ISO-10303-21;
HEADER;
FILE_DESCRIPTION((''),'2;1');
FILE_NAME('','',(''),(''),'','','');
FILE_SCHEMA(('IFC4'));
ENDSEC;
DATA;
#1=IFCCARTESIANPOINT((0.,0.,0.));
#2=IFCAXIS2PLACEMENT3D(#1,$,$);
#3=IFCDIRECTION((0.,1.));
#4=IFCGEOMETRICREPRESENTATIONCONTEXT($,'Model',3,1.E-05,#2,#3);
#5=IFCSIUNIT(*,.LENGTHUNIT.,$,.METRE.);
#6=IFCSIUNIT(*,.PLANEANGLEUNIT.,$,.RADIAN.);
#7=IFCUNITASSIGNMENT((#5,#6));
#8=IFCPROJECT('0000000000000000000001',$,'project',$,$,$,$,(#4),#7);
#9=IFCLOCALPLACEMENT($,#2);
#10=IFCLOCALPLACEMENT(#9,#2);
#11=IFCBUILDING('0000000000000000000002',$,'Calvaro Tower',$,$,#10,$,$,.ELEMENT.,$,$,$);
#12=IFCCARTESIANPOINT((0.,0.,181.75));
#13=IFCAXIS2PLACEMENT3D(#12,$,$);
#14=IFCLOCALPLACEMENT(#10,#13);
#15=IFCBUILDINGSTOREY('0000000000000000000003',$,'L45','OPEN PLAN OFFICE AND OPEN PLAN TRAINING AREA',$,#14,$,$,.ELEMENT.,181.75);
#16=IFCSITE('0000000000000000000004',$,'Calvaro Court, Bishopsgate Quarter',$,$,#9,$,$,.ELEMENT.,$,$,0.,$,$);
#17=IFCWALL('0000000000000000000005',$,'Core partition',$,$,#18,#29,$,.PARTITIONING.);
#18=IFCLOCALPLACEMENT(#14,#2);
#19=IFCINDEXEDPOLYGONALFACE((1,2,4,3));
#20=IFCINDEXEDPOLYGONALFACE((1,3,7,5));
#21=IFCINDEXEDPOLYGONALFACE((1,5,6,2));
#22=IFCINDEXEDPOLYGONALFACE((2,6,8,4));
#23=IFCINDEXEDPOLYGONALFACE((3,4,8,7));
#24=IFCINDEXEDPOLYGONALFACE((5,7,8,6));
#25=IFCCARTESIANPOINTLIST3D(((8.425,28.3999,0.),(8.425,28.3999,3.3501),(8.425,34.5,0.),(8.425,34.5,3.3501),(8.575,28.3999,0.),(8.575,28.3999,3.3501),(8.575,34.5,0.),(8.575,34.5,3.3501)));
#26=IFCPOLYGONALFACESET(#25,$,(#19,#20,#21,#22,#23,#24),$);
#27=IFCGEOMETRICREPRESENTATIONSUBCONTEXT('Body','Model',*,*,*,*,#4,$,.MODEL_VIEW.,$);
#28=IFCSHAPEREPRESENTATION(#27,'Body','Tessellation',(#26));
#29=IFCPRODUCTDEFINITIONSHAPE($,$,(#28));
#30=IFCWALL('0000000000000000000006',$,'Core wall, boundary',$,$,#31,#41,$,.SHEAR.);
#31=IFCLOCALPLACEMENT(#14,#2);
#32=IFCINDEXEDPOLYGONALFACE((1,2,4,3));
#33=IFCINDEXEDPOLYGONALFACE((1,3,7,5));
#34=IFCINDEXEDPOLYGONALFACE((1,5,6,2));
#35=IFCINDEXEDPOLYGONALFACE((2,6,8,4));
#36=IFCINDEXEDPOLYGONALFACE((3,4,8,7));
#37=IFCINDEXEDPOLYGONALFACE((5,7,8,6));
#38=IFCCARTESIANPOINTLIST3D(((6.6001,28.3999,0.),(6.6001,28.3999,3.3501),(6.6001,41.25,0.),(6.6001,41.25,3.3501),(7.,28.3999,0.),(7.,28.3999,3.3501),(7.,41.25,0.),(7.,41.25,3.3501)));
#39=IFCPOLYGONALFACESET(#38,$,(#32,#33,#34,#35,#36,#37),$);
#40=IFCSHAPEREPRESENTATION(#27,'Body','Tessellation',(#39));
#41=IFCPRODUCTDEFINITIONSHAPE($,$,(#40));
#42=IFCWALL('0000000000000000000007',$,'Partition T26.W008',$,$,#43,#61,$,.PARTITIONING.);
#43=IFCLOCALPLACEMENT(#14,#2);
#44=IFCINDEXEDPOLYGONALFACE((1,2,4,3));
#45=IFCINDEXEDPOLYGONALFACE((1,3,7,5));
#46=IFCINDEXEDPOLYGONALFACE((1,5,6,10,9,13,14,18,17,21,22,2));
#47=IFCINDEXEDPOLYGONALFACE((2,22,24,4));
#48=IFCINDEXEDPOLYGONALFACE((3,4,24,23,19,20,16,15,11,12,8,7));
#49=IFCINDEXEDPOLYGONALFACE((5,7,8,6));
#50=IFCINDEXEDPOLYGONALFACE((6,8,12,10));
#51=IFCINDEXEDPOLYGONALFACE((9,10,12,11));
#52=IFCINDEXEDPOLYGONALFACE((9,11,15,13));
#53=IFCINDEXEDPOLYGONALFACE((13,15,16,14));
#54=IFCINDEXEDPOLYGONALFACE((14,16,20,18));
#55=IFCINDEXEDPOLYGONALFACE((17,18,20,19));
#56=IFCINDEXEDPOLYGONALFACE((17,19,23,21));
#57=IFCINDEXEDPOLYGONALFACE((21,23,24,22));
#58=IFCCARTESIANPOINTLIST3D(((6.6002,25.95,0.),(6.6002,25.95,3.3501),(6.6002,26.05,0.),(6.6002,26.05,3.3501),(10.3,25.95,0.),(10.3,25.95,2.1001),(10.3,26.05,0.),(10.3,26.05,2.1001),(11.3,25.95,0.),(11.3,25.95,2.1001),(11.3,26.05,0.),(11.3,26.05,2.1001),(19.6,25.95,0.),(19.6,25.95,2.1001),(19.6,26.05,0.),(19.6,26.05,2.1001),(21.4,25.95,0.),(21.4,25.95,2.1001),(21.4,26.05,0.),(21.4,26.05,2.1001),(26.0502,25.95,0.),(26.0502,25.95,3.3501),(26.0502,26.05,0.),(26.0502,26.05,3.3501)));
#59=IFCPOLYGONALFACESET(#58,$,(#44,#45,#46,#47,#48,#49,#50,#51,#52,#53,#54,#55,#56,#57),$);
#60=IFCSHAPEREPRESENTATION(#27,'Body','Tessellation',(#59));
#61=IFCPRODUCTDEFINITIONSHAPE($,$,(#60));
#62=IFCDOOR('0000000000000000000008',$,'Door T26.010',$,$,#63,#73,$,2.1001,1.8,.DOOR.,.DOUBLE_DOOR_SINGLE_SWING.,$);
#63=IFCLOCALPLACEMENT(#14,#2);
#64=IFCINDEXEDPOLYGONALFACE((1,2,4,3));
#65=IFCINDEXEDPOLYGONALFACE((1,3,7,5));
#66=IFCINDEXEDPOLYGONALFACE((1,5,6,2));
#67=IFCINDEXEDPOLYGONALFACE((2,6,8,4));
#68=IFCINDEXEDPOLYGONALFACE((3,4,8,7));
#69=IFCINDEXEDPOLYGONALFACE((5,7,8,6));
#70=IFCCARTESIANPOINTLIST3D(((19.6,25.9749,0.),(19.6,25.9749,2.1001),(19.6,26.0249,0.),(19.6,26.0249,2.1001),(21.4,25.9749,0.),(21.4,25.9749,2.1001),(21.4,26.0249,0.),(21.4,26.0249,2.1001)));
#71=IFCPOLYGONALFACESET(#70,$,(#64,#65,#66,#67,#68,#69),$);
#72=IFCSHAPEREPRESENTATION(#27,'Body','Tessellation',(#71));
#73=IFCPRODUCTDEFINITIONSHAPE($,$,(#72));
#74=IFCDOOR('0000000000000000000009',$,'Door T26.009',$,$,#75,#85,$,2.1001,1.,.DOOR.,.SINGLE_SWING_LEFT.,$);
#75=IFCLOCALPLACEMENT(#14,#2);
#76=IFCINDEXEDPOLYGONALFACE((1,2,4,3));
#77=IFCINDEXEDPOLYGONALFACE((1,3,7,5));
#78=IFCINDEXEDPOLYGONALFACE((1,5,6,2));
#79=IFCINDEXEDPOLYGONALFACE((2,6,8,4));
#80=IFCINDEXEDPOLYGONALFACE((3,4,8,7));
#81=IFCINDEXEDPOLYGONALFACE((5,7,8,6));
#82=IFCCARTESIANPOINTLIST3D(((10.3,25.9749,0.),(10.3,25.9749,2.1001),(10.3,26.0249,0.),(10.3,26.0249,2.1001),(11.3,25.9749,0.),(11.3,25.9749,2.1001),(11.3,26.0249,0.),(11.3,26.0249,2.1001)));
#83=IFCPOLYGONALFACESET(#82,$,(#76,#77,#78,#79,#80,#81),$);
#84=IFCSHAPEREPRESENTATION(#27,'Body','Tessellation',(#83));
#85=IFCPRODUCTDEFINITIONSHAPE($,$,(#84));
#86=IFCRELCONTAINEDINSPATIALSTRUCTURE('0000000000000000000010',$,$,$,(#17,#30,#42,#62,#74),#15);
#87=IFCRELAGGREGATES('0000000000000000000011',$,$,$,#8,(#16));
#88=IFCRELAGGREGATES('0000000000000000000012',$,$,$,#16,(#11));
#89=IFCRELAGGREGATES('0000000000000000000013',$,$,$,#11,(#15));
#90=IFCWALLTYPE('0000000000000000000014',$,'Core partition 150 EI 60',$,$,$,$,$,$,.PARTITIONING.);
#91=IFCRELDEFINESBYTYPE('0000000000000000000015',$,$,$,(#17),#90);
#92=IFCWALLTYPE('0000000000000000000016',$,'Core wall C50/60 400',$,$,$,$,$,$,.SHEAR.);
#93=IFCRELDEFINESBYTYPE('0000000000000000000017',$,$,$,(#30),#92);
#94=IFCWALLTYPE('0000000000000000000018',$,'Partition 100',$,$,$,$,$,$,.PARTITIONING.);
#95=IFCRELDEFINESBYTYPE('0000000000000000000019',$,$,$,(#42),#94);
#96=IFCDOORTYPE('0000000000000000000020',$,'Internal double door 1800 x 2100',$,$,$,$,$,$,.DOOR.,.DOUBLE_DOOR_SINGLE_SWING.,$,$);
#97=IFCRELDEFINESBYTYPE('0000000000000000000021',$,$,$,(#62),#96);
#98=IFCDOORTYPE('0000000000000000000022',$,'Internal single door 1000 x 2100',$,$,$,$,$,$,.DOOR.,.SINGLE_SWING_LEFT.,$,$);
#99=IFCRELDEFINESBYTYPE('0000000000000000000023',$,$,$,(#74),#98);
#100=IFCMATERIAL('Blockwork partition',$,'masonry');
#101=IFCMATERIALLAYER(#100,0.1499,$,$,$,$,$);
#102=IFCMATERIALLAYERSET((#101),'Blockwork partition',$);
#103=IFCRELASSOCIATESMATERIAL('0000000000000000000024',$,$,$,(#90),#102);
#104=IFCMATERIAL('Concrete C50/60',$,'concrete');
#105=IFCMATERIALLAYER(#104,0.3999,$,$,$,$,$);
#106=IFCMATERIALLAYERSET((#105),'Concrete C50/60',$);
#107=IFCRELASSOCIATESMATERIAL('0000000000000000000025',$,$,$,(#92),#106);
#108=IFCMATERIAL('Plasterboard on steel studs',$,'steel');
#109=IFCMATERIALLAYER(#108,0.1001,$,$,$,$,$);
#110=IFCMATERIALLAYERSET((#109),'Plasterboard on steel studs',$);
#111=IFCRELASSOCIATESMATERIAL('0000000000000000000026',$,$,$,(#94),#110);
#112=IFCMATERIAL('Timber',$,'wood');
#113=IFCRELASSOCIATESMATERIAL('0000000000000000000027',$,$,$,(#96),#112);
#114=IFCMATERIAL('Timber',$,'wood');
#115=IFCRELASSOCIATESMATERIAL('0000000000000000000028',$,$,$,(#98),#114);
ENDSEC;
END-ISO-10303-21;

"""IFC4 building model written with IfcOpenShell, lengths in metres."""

from ifc_helpers import new_model, si_unit, direction, frame, frame_2d, origin, place, context, subcontext, project, spatial, rectangle, extrude, material, layer, layer_set, type_object, element, fill, save


model = new_model("IFC4")

# Units and contexts
model_context = context("Model", 3, precision=1e-05, world=origin(), true_north=direction((0.0, 1.0)))
body_context = subcontext(model_context, "Body", "Model", "MODEL_VIEW")
ifc_project = project(units=[si_unit("LENGTHUNIT", "METRE"), si_unit("PLANEANGLEUNIT", "RADIAN")], contexts=[model_context])

# Site, building, storey
site_placement = place(None, origin())
site = spatial("IfcSite", under=ifc_project, at=site_placement, Name="Calvaro Court, Bishopsgate Quarter", CompositionType="ELEMENT", RefElevation=0.0)
building_placement = place(site_placement, origin())
building = spatial("IfcBuilding", under=site, at=building_placement, Name="Calvaro Tower", CompositionType="ELEMENT")
storey_placement = place(building_placement, frame((0.0, 0.0, 181.75)))
storey = spatial("IfcBuildingStorey", under=building, at=storey_placement, Name="L45", Description="OPEN PLAN OFFICE AND OPEN PLAN TRAINING AREA", CompositionType="ELEMENT", Elevation=181.75)

# Wall
ifc_material_1 = material(Name="Blockwork partition", Category="masonry")
ifc_layer_1 = layer(ifc_material_1, 0.1499)
ifc_layer_set_1 = layer_set([ifc_layer_1], Name="Blockwork partition")
wall_type_1 = type_object("IfcWallType", Name="Core partition 150 EI 60", PredefinedType="PARTITIONING", material=ifc_layer_set_1)
wall_1_placement = place(storey_placement, frame((8.5, 28.3999, 0.0), z_axis=(0.0, 0.0, 1.0), x_axis=(0.0, 1.0, 0.0)))
element("IfcWall", 1, at=wall_1_placement, inside=storey, type_object=wall_type_1, Name="Core partition", PredefinedType="PARTITIONING", context=body_context, shape_type="SweptSolid", body=[
    extrude(rectangle(XDim=6.1001, YDim=0.1499, at=frame_2d((3.05, 0.0))), origin(), (0.0, 0.0, 1.0), 3.3501),
])

# Shared definitions
ifc_material_2 = material(Name="Concrete C50/60", Category="concrete")
ifc_layer_2 = layer(ifc_material_2, 0.3999)
ifc_layer_set_2 = layer_set([ifc_layer_2], Name="Concrete C50/60")
wall_type_2 = type_object("IfcWallType", Name="Core wall C50/60 400", PredefinedType="SHEAR", material=ifc_layer_set_2)

# Wall
wall_2_placement = place(storey_placement, frame((6.8, 28.3999, 0.0), z_axis=(0.0, 0.0, 1.0), x_axis=(0.0, 1.0, 0.0)))
element("IfcWall", 2, at=wall_2_placement, inside=storey, type_object=wall_type_2, Name="Core wall, boundary", PredefinedType="SHEAR", context=body_context, shape_type="SweptSolid", body=[
    extrude(rectangle(XDim=12.8501, YDim=0.3999, at=frame_2d((6.425, 0.0))), origin(), (0.0, 0.0, 1.0), 3.3501),
])

# Wall, openings, doors
ifc_material_3 = material(Name="Plasterboard on steel studs", Category="steel")
ifc_layer_3 = layer(ifc_material_3, 0.1001)
ifc_layer_set_3 = layer_set([ifc_layer_3], Name="Plasterboard on steel studs")
wall_type_3 = type_object("IfcWallType", Name="Partition 100", PredefinedType="PARTITIONING", material=ifc_layer_set_3)
wall_3_placement = place(storey_placement, frame((6.6001, 26.0, 0.0), z_axis=(0.0, 0.0, 1.0), x_axis=(1.0, 0.0, 0.0)))
wall_3 = element("IfcWall", 3, at=wall_3_placement, inside=storey, type_object=wall_type_3, Name="Partition T26.W008", PredefinedType="PARTITIONING", context=body_context, shape_type="SweptSolid", body=[
    extrude(rectangle(XDim=19.45, YDim=0.1001, at=frame_2d((9.7251, 0.0))), origin(), (0.0, 0.0, 1.0), 3.3501),
])
opening_1_placement = place(wall_3_placement, frame((3.7, 0.0, 0.0)))
opening_1 = element("IfcOpeningElement", 4, at=opening_1_placement, cuts=wall_3, PredefinedType="OPENING", context=body_context, shape_type="SweptSolid", body=[
    extrude(rectangle(XDim=1.0, YDim=2.1001, at=frame_2d((0.5, 1.05))), frame((0.0, 0.0601, 0.0), z_axis=(0.0, -1.0, 0.0), x_axis=(1.0, 0.0, 0.0)), (0.0, 0.0, 1.0), 0.1201),
])
opening_2_placement = place(wall_3_placement, frame((13.0, 0.0, 0.0)))
opening_2 = element("IfcOpeningElement", 5, at=opening_2_placement, cuts=wall_3, PredefinedType="OPENING", context=body_context, shape_type="SweptSolid", body=[
    extrude(rectangle(XDim=1.8, YDim=2.1001, at=frame_2d((0.8999, 1.05))), frame((0.0, 0.0601, 0.0), z_axis=(0.0, -1.0, 0.0), x_axis=(1.0, 0.0, 0.0)), (0.0, 0.0, 1.0), 0.1201),
])
ifc_material_4 = material(Name="Timber", Category="wood")
door_type_1 = type_object("IfcDoorType", Name="Internal double door 1800 x 2100", OperationType="DOUBLE_DOOR_SINGLE_SWING", PredefinedType="DOOR", material=ifc_material_4)
door_1_placement = place(opening_2_placement, origin())
door_1 = element("IfcDoor", 6, at=door_1_placement, inside=storey, type_object=door_type_1, Name="Door T26.010", OperationType="DOUBLE_DOOR_SINGLE_SWING", OverallHeight=2.1001, OverallWidth=1.8, PredefinedType="DOOR", context=body_context, shape_type="SweptSolid", body=[
    extrude(rectangle(XDim=1.8, YDim=2.1001, at=frame_2d((0.8999, 1.05))), frame((0.0, 0.0249, 0.0), z_axis=(0.0, -1.0, 0.0), x_axis=(1.0, 0.0, 0.0)), (0.0, 0.0, 1.0), 0.05),
])
fill(opening_2, door_1)
ifc_material_5 = material(Name="Timber", Category="wood")
door_type_2 = type_object("IfcDoorType", Name="Internal single door 1000 x 2100", OperationType="SINGLE_SWING_LEFT", PredefinedType="DOOR", material=ifc_material_5)
door_2_placement = place(opening_1_placement, origin())
door_2 = element("IfcDoor", 7, at=door_2_placement, inside=storey, type_object=door_type_2, Name="Door T26.009", OperationType="SINGLE_SWING_LEFT", OverallHeight=2.1001, OverallWidth=1.0, PredefinedType="DOOR", context=body_context, shape_type="SweptSolid", body=[
    extrude(rectangle(XDim=1.0, YDim=2.1001, at=frame_2d((0.5, 1.05))), frame((0.0, 0.0249, 0.0), z_axis=(0.0, -1.0, 0.0), x_axis=(1.0, 0.0, 0.0)), (0.0, 0.0, 1.0), 0.05),
])
fill(opening_1, door_2)

save(model, "model.ifc")
